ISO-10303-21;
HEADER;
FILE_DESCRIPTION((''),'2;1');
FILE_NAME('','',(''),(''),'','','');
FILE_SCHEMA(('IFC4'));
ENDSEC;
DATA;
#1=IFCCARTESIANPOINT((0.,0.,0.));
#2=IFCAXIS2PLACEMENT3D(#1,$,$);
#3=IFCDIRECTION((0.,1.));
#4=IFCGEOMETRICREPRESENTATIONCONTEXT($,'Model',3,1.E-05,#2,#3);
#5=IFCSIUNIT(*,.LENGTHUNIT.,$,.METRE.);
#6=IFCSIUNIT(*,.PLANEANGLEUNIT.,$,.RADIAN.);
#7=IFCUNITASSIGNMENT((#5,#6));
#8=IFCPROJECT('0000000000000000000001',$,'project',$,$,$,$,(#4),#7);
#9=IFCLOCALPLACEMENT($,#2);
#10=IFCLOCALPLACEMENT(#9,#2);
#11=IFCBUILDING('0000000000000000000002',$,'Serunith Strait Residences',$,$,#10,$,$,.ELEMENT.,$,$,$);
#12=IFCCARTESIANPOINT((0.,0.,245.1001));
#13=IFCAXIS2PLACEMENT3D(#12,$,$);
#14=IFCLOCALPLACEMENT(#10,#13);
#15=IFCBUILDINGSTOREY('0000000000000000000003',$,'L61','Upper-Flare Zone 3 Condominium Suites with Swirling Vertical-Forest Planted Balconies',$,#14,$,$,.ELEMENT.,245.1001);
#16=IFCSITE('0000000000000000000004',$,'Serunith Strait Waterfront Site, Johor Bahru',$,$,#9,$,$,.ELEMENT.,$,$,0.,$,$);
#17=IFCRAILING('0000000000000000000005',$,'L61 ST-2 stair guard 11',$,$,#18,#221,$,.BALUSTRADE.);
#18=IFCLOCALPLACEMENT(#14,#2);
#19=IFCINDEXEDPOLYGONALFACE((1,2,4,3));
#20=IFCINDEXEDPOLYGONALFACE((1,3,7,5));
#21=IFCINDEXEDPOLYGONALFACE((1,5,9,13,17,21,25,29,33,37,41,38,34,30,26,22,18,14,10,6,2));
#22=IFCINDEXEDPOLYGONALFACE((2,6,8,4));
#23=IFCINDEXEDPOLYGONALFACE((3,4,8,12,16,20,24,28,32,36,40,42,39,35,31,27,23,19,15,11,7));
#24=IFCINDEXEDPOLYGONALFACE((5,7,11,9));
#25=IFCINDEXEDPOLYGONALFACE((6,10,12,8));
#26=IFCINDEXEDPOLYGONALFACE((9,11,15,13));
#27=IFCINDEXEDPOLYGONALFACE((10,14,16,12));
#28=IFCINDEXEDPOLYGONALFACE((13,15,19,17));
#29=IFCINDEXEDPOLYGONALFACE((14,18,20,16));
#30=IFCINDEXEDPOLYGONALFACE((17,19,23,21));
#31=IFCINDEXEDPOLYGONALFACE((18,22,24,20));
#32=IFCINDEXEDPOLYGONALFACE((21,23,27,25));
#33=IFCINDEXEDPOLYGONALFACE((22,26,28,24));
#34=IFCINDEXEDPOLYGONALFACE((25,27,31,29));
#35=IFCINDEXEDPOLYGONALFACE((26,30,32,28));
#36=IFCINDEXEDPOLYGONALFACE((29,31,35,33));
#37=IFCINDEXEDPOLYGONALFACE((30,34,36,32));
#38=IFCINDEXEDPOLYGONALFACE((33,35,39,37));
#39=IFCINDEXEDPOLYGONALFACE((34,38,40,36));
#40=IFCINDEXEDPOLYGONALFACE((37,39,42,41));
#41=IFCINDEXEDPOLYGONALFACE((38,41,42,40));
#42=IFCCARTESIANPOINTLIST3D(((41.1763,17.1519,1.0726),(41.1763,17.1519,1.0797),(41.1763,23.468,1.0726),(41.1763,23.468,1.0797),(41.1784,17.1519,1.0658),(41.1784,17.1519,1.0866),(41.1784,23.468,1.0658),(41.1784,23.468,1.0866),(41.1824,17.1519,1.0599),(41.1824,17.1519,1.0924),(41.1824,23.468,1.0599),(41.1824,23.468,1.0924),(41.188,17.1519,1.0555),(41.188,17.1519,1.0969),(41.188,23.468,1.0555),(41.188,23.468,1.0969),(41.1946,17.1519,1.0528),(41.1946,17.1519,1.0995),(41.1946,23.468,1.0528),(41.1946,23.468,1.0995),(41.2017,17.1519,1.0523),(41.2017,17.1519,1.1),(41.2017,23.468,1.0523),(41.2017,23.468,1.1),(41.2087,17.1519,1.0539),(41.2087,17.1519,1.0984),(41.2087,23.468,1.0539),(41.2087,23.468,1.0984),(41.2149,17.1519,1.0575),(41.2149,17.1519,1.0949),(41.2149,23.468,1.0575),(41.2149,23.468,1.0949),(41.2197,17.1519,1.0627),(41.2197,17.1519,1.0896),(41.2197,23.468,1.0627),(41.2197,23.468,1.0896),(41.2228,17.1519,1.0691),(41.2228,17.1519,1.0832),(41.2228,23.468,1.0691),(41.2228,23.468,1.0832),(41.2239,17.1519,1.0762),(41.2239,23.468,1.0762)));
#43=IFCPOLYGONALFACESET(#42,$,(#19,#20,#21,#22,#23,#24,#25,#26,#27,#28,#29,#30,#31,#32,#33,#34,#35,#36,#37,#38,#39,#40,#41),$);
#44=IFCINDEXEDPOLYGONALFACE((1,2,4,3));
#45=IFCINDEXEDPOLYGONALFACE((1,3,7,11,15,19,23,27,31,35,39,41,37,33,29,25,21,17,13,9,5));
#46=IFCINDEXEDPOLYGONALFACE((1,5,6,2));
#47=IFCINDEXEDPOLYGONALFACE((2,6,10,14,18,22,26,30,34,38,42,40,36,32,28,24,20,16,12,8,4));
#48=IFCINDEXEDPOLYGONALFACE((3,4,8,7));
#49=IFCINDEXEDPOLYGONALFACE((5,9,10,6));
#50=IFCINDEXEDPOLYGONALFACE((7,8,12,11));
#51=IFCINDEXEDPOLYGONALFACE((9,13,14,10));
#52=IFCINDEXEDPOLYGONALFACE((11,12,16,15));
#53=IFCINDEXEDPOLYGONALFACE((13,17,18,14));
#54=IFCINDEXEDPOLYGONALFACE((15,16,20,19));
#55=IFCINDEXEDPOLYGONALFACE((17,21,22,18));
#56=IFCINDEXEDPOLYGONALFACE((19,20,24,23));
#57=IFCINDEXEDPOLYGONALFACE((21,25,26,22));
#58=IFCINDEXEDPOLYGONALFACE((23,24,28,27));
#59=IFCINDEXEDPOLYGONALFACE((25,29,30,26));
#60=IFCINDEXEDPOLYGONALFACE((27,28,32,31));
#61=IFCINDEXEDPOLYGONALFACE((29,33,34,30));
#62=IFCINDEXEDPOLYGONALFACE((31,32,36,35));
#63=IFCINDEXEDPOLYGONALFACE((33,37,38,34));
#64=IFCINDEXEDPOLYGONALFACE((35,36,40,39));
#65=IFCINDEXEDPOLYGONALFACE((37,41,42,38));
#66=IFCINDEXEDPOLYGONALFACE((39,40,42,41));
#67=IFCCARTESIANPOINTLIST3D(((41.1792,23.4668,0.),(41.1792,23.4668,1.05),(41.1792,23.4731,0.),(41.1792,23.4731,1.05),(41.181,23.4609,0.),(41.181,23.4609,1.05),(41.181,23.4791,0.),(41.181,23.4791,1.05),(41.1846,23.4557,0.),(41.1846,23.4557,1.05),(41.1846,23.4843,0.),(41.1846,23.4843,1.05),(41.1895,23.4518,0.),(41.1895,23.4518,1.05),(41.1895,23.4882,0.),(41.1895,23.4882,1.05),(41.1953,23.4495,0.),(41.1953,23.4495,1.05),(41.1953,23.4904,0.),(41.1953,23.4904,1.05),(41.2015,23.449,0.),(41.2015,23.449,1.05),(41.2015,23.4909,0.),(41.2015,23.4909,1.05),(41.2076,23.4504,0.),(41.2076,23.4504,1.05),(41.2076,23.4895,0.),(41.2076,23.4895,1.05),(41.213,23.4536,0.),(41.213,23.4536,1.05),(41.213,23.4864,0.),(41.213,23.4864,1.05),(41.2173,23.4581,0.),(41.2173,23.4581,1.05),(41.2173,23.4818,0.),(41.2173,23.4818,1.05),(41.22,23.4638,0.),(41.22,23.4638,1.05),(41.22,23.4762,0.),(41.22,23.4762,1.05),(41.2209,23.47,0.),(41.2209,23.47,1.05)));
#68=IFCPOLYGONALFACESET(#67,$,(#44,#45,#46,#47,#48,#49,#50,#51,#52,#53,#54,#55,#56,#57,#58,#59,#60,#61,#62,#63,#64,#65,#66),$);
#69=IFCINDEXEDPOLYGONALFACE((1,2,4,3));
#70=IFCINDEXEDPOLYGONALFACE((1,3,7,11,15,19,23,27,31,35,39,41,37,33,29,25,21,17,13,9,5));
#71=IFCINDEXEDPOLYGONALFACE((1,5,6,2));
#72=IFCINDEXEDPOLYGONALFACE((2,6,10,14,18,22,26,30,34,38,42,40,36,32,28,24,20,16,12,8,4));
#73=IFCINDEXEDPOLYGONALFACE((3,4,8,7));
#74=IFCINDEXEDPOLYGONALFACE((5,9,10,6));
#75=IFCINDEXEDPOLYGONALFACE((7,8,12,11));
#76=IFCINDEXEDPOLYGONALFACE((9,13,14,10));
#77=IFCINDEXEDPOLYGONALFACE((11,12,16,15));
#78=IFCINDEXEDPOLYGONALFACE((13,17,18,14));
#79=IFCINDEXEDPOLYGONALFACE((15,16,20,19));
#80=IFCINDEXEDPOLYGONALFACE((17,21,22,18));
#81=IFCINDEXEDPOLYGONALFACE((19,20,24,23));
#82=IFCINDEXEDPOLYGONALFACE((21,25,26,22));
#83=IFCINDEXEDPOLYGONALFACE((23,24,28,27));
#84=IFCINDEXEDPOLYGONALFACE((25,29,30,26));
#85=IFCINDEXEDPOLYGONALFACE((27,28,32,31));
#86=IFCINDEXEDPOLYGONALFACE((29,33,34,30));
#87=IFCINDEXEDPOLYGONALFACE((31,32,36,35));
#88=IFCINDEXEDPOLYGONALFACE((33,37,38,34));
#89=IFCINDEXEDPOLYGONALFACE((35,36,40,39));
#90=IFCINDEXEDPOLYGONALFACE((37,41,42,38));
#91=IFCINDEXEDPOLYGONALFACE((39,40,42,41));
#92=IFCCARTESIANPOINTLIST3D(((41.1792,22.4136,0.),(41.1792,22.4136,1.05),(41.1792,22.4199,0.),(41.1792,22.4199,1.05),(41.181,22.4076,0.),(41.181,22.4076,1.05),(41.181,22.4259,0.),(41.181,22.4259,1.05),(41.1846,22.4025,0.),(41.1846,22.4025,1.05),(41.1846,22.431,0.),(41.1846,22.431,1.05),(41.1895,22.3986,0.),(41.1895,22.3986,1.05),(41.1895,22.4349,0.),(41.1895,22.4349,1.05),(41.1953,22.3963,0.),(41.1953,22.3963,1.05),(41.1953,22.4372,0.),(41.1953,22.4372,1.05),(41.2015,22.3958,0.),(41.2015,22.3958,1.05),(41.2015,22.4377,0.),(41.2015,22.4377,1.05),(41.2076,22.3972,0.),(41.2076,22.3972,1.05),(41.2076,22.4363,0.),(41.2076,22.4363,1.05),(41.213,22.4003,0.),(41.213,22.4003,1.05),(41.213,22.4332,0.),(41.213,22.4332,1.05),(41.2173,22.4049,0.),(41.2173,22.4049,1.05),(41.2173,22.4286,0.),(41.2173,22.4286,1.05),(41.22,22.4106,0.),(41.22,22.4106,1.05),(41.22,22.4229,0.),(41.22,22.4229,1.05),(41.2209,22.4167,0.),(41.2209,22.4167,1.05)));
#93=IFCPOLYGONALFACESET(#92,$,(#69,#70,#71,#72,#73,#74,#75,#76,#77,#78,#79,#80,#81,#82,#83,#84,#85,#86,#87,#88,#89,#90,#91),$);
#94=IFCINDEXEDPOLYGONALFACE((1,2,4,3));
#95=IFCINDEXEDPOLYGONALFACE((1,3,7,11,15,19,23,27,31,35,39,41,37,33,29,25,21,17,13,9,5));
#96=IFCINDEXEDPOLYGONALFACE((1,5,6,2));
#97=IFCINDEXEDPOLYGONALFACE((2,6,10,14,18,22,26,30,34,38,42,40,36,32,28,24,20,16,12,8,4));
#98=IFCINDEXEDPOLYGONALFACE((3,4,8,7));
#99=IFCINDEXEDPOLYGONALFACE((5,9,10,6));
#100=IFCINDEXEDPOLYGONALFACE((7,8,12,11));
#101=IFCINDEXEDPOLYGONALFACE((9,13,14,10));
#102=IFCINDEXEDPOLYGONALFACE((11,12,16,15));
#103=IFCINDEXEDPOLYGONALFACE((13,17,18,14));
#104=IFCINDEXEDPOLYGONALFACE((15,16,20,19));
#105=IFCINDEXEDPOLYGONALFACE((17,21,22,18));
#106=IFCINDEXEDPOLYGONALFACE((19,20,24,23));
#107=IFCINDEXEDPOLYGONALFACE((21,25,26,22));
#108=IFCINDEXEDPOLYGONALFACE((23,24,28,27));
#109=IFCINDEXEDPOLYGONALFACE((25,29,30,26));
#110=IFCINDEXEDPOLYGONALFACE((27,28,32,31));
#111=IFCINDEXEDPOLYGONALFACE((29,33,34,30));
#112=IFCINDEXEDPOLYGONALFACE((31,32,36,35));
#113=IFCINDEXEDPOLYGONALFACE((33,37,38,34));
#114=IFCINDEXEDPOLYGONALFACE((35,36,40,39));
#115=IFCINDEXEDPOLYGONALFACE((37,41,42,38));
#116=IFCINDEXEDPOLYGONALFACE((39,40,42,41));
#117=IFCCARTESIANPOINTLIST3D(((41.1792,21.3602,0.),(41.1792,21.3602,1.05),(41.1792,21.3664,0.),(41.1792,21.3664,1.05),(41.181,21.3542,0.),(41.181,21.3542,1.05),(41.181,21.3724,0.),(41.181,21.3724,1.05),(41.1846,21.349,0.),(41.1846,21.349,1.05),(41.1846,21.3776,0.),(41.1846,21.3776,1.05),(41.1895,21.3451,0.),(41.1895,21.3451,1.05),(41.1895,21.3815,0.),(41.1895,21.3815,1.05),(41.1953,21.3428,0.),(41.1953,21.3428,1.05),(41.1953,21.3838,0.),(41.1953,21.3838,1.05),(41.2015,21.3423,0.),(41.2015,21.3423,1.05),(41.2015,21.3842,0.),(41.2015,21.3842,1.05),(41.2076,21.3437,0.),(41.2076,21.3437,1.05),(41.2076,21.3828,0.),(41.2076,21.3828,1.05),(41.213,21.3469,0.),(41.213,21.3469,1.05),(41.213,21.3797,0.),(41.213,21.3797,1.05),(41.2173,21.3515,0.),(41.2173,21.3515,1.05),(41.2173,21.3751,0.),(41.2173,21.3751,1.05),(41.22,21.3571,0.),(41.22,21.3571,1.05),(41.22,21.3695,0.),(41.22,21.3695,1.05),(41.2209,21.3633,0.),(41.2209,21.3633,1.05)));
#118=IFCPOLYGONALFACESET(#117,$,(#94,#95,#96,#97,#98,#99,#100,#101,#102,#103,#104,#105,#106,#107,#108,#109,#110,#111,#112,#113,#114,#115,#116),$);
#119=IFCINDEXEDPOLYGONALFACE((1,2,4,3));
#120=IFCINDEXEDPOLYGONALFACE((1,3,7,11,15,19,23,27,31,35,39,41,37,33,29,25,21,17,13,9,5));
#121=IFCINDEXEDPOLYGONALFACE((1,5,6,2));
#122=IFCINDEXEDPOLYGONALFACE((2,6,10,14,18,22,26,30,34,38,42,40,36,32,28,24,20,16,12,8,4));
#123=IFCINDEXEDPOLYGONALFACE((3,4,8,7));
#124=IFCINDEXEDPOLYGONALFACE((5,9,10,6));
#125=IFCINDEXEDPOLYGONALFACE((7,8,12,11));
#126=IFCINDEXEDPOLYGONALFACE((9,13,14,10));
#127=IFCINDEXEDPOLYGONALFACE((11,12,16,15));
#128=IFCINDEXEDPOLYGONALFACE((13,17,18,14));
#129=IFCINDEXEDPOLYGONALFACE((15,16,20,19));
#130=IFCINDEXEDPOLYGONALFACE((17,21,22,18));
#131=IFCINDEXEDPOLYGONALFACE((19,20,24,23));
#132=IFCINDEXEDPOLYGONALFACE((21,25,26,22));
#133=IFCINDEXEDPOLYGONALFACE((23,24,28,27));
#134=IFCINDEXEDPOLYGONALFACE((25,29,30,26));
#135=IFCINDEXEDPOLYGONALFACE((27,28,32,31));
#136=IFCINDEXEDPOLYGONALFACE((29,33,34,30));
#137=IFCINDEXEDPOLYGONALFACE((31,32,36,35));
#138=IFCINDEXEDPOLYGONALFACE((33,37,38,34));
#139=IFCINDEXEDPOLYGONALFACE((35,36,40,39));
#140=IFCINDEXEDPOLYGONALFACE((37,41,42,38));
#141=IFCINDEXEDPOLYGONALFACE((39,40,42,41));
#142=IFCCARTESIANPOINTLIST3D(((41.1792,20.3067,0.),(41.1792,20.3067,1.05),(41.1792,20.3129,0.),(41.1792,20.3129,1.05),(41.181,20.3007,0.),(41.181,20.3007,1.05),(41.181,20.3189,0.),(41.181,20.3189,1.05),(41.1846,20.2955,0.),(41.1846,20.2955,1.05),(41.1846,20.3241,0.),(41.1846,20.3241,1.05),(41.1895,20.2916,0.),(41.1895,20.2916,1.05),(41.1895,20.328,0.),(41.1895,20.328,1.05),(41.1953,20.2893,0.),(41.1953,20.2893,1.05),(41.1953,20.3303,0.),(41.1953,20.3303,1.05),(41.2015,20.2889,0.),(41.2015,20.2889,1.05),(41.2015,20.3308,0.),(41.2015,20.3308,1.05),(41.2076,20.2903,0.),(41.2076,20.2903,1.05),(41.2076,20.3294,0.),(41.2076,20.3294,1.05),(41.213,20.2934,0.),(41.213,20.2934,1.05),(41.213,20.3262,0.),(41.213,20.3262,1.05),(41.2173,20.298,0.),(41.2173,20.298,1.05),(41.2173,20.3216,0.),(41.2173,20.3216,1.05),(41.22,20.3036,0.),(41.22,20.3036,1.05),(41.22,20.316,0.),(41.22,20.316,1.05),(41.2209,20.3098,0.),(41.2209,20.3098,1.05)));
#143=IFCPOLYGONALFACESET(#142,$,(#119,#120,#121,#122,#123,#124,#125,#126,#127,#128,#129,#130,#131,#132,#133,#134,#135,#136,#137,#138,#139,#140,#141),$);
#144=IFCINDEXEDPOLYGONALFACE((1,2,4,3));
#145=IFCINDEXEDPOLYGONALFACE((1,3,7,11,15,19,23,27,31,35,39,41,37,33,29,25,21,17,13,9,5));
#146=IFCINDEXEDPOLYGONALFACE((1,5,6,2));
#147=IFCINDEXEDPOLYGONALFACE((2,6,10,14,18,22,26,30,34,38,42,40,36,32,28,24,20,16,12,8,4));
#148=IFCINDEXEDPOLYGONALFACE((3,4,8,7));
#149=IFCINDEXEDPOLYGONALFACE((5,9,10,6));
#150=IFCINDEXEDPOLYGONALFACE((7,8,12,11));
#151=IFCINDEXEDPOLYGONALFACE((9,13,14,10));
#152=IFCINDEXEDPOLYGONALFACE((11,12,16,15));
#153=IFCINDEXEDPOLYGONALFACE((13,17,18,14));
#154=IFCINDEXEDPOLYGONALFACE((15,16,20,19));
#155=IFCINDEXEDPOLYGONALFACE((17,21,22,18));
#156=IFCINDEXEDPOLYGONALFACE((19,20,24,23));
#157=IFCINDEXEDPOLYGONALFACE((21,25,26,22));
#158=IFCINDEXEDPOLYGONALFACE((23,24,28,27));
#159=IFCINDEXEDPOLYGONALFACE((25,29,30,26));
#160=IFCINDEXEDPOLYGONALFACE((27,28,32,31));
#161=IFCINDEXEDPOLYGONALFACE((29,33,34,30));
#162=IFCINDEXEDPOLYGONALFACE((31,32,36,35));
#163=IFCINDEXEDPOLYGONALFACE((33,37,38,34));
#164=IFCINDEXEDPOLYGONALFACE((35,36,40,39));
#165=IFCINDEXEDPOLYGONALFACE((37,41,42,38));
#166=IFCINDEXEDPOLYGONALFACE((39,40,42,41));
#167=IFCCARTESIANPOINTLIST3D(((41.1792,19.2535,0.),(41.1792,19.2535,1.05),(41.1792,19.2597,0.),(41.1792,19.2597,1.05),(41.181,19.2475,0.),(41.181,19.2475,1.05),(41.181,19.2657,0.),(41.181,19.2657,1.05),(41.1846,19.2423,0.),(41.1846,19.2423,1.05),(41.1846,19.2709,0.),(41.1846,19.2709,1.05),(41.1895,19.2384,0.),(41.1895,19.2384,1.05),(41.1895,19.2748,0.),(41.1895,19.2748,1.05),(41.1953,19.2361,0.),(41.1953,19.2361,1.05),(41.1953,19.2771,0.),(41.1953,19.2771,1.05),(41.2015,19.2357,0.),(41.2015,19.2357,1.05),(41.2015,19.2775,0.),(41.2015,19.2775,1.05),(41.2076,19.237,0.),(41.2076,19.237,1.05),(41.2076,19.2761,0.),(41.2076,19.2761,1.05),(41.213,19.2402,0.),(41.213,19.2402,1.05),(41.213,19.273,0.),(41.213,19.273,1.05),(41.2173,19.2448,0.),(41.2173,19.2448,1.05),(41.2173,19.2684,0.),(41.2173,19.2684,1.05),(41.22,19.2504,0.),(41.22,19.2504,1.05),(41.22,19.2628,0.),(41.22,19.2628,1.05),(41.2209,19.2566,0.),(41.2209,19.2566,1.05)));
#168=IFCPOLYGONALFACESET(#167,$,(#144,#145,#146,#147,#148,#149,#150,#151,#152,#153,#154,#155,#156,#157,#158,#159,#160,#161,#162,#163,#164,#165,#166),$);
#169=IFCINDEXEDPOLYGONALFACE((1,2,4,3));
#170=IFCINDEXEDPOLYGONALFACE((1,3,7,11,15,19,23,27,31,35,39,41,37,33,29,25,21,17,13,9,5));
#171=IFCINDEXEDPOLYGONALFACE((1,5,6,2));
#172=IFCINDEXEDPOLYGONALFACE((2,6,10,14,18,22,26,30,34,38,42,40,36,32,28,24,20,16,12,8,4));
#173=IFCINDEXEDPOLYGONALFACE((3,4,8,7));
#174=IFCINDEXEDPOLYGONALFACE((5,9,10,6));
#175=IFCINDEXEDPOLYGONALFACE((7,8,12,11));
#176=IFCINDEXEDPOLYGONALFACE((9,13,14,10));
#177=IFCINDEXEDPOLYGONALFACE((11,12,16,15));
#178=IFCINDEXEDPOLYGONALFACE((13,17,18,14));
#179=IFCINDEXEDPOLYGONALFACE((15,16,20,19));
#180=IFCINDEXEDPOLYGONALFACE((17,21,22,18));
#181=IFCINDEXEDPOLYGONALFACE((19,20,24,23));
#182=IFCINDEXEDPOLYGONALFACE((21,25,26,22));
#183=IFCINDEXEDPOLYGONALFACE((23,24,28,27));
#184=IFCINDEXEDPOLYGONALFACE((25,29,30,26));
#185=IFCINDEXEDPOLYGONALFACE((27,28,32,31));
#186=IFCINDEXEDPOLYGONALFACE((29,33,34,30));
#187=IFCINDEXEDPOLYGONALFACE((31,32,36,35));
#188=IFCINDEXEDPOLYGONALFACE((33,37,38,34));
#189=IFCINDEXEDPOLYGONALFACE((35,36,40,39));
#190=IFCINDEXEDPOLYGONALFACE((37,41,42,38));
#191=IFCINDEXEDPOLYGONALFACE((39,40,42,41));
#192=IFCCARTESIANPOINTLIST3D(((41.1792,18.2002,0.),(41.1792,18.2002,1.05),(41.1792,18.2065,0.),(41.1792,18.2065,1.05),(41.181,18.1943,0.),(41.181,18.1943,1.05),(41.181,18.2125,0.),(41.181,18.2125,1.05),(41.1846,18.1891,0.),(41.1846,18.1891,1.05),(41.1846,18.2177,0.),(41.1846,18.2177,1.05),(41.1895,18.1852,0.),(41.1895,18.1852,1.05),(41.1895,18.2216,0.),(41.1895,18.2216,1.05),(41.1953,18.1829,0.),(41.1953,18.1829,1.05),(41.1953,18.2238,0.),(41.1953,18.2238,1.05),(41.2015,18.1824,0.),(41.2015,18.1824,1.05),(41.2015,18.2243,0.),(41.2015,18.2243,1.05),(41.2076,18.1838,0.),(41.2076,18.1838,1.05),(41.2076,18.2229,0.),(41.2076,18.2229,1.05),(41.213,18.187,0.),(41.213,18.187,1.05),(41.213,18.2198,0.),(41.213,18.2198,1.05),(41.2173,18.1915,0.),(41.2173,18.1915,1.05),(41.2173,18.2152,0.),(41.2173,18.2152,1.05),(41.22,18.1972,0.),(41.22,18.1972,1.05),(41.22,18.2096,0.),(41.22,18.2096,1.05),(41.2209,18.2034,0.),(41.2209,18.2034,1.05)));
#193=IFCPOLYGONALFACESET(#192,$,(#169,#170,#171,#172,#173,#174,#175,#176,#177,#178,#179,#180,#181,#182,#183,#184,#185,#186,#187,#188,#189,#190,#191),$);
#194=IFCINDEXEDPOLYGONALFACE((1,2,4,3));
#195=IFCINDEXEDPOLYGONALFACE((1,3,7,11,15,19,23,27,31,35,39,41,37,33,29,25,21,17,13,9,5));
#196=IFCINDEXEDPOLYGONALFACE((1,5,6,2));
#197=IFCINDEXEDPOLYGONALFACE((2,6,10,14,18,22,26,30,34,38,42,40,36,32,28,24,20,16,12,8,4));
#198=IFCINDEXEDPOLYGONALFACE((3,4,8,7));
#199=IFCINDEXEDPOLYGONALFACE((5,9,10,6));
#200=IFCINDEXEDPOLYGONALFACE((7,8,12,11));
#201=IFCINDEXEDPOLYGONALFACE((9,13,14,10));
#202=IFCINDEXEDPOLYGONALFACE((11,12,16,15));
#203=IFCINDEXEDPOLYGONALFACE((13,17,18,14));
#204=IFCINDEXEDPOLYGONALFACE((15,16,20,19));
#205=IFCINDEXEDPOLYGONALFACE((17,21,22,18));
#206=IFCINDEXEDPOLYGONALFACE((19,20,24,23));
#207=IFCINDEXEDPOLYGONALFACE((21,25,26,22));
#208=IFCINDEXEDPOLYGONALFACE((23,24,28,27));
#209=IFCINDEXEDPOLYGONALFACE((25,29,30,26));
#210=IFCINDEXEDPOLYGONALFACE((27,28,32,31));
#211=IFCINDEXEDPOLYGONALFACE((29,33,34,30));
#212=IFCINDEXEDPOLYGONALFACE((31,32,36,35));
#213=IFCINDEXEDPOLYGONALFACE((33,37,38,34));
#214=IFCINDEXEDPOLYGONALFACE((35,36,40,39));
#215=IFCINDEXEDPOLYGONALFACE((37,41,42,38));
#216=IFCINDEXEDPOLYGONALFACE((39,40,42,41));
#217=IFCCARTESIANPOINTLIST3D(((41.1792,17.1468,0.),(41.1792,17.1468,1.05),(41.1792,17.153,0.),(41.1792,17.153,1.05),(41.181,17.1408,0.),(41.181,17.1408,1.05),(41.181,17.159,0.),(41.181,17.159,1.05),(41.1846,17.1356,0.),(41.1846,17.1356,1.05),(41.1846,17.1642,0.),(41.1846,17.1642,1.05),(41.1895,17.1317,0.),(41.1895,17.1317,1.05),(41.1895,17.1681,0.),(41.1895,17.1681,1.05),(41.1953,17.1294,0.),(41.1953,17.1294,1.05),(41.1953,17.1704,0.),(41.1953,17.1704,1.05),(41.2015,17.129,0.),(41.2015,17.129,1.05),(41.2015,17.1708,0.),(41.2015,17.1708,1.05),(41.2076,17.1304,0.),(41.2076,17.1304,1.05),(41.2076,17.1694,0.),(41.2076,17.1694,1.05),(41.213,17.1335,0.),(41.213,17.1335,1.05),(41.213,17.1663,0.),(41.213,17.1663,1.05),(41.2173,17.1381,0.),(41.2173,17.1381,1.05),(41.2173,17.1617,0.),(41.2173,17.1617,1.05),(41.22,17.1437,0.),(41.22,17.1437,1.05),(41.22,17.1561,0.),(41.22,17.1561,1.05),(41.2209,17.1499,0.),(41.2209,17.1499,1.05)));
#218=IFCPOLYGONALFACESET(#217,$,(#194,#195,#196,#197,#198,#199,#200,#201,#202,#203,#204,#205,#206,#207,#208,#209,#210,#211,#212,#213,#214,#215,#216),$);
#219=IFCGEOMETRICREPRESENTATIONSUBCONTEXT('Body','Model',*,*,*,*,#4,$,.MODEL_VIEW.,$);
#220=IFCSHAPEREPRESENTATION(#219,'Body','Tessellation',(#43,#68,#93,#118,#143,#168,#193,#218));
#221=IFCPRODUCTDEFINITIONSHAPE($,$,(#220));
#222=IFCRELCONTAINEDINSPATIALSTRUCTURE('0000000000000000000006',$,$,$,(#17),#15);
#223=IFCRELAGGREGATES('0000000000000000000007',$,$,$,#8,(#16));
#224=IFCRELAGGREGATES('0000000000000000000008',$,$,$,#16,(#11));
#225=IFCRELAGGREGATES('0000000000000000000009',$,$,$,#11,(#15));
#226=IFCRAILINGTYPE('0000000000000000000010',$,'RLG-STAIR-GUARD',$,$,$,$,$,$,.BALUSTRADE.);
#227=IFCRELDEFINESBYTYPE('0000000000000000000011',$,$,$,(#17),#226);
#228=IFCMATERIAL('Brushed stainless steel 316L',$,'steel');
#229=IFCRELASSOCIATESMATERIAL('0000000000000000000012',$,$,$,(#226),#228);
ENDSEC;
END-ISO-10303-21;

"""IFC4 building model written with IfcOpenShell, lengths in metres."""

from ifc_helpers import new_model, si_unit, direction, frame, origin, origin_2d, place, context, subcontext, project, spatial, circle, extrude, material, type_object, element, save


model = new_model("IFC4")

# Units and contexts
model_context = context("Model", 3, precision=1e-05, world=origin(), true_north=direction((0.0, 1.0)))
body_context = subcontext(model_context, "Body", "Model", "MODEL_VIEW")
ifc_project = project(units=[si_unit("LENGTHUNIT", "METRE"), si_unit("PLANEANGLEUNIT", "RADIAN")], contexts=[model_context])

# Site, building, storey
site_placement = place(None, origin())
site = spatial("IfcSite", under=ifc_project, at=site_placement, Name="Serunith Strait Waterfront Site, Johor Bahru", CompositionType="ELEMENT", RefElevation=0.0)
building_placement = place(site_placement, origin())
building = spatial("IfcBuilding", under=site, at=building_placement, Name="Serunith Strait Residences", CompositionType="ELEMENT")
storey_placement = place(building_placement, frame((0.0, 0.0, 245.1001)))
storey = spatial("IfcBuildingStorey", under=building, at=storey_placement, Name="L61", Description="Upper-Flare Zone 3 Condominium Suites with Swirling Vertical-Forest Planted Balconies", CompositionType="ELEMENT", Elevation=245.1001)

# Railing
ifc_material_1 = material(Name="Brushed stainless steel 316L", Category="steel")
railing_type = type_object("IfcRailingType", Name="RLG-STAIR-GUARD", PredefinedType="BALUSTRADE", material=ifc_material_1)
railing_placement = place(storey_placement, frame((41.2, 23.47, 0.0)))
element("IfcRailing", 1, at=railing_placement, inside=storey, type_object=railing_type, Name="L61 ST-2 stair guard 11", PredefinedType="BALUSTRADE", context=body_context, shape_type="SweptSolid", body=[
    extrude(circle(Radius=0.0239, at=origin_2d()), frame((0.0, -0.002, 1.0762), z_axis=(0.0, -1.0, 0.0), x_axis=(1.0, 0.0, 0.0)), (0.0, 0.0, 1.0), 6.3162),
    extrude(circle(Radius=0.021, at=origin_2d()), origin(), (0.0, 0.0, 1.0), 1.05),
    extrude(circle(Radius=0.021, at=origin_2d()), frame((0.0, -1.0532, 0.0)), (0.0, 0.0, 1.0), 1.05),
    extrude(circle(Radius=0.021, at=origin_2d()), frame((0.0, -2.1067, 0.0)), (0.0, 0.0, 1.0), 1.05),
    extrude(circle(Radius=0.021, at=origin_2d()), frame((0.0, -3.1602, 0.0)), (0.0, 0.0, 1.0), 1.05),
    extrude(circle(Radius=0.021, at=origin_2d()), frame((0.0, -4.2134, 0.0)), (0.0, 0.0, 1.0), 1.05),
    extrude(circle(Radius=0.021, at=origin_2d()), frame((0.0, -5.2666, 0.0)), (0.0, 0.0, 1.0), 1.05),
    extrude(circle(Radius=0.021, at=origin_2d()), frame((0.0, -6.3201, 0.0)), (0.0, 0.0, 1.0), 1.05),
])

save(model, "model.ifc")
